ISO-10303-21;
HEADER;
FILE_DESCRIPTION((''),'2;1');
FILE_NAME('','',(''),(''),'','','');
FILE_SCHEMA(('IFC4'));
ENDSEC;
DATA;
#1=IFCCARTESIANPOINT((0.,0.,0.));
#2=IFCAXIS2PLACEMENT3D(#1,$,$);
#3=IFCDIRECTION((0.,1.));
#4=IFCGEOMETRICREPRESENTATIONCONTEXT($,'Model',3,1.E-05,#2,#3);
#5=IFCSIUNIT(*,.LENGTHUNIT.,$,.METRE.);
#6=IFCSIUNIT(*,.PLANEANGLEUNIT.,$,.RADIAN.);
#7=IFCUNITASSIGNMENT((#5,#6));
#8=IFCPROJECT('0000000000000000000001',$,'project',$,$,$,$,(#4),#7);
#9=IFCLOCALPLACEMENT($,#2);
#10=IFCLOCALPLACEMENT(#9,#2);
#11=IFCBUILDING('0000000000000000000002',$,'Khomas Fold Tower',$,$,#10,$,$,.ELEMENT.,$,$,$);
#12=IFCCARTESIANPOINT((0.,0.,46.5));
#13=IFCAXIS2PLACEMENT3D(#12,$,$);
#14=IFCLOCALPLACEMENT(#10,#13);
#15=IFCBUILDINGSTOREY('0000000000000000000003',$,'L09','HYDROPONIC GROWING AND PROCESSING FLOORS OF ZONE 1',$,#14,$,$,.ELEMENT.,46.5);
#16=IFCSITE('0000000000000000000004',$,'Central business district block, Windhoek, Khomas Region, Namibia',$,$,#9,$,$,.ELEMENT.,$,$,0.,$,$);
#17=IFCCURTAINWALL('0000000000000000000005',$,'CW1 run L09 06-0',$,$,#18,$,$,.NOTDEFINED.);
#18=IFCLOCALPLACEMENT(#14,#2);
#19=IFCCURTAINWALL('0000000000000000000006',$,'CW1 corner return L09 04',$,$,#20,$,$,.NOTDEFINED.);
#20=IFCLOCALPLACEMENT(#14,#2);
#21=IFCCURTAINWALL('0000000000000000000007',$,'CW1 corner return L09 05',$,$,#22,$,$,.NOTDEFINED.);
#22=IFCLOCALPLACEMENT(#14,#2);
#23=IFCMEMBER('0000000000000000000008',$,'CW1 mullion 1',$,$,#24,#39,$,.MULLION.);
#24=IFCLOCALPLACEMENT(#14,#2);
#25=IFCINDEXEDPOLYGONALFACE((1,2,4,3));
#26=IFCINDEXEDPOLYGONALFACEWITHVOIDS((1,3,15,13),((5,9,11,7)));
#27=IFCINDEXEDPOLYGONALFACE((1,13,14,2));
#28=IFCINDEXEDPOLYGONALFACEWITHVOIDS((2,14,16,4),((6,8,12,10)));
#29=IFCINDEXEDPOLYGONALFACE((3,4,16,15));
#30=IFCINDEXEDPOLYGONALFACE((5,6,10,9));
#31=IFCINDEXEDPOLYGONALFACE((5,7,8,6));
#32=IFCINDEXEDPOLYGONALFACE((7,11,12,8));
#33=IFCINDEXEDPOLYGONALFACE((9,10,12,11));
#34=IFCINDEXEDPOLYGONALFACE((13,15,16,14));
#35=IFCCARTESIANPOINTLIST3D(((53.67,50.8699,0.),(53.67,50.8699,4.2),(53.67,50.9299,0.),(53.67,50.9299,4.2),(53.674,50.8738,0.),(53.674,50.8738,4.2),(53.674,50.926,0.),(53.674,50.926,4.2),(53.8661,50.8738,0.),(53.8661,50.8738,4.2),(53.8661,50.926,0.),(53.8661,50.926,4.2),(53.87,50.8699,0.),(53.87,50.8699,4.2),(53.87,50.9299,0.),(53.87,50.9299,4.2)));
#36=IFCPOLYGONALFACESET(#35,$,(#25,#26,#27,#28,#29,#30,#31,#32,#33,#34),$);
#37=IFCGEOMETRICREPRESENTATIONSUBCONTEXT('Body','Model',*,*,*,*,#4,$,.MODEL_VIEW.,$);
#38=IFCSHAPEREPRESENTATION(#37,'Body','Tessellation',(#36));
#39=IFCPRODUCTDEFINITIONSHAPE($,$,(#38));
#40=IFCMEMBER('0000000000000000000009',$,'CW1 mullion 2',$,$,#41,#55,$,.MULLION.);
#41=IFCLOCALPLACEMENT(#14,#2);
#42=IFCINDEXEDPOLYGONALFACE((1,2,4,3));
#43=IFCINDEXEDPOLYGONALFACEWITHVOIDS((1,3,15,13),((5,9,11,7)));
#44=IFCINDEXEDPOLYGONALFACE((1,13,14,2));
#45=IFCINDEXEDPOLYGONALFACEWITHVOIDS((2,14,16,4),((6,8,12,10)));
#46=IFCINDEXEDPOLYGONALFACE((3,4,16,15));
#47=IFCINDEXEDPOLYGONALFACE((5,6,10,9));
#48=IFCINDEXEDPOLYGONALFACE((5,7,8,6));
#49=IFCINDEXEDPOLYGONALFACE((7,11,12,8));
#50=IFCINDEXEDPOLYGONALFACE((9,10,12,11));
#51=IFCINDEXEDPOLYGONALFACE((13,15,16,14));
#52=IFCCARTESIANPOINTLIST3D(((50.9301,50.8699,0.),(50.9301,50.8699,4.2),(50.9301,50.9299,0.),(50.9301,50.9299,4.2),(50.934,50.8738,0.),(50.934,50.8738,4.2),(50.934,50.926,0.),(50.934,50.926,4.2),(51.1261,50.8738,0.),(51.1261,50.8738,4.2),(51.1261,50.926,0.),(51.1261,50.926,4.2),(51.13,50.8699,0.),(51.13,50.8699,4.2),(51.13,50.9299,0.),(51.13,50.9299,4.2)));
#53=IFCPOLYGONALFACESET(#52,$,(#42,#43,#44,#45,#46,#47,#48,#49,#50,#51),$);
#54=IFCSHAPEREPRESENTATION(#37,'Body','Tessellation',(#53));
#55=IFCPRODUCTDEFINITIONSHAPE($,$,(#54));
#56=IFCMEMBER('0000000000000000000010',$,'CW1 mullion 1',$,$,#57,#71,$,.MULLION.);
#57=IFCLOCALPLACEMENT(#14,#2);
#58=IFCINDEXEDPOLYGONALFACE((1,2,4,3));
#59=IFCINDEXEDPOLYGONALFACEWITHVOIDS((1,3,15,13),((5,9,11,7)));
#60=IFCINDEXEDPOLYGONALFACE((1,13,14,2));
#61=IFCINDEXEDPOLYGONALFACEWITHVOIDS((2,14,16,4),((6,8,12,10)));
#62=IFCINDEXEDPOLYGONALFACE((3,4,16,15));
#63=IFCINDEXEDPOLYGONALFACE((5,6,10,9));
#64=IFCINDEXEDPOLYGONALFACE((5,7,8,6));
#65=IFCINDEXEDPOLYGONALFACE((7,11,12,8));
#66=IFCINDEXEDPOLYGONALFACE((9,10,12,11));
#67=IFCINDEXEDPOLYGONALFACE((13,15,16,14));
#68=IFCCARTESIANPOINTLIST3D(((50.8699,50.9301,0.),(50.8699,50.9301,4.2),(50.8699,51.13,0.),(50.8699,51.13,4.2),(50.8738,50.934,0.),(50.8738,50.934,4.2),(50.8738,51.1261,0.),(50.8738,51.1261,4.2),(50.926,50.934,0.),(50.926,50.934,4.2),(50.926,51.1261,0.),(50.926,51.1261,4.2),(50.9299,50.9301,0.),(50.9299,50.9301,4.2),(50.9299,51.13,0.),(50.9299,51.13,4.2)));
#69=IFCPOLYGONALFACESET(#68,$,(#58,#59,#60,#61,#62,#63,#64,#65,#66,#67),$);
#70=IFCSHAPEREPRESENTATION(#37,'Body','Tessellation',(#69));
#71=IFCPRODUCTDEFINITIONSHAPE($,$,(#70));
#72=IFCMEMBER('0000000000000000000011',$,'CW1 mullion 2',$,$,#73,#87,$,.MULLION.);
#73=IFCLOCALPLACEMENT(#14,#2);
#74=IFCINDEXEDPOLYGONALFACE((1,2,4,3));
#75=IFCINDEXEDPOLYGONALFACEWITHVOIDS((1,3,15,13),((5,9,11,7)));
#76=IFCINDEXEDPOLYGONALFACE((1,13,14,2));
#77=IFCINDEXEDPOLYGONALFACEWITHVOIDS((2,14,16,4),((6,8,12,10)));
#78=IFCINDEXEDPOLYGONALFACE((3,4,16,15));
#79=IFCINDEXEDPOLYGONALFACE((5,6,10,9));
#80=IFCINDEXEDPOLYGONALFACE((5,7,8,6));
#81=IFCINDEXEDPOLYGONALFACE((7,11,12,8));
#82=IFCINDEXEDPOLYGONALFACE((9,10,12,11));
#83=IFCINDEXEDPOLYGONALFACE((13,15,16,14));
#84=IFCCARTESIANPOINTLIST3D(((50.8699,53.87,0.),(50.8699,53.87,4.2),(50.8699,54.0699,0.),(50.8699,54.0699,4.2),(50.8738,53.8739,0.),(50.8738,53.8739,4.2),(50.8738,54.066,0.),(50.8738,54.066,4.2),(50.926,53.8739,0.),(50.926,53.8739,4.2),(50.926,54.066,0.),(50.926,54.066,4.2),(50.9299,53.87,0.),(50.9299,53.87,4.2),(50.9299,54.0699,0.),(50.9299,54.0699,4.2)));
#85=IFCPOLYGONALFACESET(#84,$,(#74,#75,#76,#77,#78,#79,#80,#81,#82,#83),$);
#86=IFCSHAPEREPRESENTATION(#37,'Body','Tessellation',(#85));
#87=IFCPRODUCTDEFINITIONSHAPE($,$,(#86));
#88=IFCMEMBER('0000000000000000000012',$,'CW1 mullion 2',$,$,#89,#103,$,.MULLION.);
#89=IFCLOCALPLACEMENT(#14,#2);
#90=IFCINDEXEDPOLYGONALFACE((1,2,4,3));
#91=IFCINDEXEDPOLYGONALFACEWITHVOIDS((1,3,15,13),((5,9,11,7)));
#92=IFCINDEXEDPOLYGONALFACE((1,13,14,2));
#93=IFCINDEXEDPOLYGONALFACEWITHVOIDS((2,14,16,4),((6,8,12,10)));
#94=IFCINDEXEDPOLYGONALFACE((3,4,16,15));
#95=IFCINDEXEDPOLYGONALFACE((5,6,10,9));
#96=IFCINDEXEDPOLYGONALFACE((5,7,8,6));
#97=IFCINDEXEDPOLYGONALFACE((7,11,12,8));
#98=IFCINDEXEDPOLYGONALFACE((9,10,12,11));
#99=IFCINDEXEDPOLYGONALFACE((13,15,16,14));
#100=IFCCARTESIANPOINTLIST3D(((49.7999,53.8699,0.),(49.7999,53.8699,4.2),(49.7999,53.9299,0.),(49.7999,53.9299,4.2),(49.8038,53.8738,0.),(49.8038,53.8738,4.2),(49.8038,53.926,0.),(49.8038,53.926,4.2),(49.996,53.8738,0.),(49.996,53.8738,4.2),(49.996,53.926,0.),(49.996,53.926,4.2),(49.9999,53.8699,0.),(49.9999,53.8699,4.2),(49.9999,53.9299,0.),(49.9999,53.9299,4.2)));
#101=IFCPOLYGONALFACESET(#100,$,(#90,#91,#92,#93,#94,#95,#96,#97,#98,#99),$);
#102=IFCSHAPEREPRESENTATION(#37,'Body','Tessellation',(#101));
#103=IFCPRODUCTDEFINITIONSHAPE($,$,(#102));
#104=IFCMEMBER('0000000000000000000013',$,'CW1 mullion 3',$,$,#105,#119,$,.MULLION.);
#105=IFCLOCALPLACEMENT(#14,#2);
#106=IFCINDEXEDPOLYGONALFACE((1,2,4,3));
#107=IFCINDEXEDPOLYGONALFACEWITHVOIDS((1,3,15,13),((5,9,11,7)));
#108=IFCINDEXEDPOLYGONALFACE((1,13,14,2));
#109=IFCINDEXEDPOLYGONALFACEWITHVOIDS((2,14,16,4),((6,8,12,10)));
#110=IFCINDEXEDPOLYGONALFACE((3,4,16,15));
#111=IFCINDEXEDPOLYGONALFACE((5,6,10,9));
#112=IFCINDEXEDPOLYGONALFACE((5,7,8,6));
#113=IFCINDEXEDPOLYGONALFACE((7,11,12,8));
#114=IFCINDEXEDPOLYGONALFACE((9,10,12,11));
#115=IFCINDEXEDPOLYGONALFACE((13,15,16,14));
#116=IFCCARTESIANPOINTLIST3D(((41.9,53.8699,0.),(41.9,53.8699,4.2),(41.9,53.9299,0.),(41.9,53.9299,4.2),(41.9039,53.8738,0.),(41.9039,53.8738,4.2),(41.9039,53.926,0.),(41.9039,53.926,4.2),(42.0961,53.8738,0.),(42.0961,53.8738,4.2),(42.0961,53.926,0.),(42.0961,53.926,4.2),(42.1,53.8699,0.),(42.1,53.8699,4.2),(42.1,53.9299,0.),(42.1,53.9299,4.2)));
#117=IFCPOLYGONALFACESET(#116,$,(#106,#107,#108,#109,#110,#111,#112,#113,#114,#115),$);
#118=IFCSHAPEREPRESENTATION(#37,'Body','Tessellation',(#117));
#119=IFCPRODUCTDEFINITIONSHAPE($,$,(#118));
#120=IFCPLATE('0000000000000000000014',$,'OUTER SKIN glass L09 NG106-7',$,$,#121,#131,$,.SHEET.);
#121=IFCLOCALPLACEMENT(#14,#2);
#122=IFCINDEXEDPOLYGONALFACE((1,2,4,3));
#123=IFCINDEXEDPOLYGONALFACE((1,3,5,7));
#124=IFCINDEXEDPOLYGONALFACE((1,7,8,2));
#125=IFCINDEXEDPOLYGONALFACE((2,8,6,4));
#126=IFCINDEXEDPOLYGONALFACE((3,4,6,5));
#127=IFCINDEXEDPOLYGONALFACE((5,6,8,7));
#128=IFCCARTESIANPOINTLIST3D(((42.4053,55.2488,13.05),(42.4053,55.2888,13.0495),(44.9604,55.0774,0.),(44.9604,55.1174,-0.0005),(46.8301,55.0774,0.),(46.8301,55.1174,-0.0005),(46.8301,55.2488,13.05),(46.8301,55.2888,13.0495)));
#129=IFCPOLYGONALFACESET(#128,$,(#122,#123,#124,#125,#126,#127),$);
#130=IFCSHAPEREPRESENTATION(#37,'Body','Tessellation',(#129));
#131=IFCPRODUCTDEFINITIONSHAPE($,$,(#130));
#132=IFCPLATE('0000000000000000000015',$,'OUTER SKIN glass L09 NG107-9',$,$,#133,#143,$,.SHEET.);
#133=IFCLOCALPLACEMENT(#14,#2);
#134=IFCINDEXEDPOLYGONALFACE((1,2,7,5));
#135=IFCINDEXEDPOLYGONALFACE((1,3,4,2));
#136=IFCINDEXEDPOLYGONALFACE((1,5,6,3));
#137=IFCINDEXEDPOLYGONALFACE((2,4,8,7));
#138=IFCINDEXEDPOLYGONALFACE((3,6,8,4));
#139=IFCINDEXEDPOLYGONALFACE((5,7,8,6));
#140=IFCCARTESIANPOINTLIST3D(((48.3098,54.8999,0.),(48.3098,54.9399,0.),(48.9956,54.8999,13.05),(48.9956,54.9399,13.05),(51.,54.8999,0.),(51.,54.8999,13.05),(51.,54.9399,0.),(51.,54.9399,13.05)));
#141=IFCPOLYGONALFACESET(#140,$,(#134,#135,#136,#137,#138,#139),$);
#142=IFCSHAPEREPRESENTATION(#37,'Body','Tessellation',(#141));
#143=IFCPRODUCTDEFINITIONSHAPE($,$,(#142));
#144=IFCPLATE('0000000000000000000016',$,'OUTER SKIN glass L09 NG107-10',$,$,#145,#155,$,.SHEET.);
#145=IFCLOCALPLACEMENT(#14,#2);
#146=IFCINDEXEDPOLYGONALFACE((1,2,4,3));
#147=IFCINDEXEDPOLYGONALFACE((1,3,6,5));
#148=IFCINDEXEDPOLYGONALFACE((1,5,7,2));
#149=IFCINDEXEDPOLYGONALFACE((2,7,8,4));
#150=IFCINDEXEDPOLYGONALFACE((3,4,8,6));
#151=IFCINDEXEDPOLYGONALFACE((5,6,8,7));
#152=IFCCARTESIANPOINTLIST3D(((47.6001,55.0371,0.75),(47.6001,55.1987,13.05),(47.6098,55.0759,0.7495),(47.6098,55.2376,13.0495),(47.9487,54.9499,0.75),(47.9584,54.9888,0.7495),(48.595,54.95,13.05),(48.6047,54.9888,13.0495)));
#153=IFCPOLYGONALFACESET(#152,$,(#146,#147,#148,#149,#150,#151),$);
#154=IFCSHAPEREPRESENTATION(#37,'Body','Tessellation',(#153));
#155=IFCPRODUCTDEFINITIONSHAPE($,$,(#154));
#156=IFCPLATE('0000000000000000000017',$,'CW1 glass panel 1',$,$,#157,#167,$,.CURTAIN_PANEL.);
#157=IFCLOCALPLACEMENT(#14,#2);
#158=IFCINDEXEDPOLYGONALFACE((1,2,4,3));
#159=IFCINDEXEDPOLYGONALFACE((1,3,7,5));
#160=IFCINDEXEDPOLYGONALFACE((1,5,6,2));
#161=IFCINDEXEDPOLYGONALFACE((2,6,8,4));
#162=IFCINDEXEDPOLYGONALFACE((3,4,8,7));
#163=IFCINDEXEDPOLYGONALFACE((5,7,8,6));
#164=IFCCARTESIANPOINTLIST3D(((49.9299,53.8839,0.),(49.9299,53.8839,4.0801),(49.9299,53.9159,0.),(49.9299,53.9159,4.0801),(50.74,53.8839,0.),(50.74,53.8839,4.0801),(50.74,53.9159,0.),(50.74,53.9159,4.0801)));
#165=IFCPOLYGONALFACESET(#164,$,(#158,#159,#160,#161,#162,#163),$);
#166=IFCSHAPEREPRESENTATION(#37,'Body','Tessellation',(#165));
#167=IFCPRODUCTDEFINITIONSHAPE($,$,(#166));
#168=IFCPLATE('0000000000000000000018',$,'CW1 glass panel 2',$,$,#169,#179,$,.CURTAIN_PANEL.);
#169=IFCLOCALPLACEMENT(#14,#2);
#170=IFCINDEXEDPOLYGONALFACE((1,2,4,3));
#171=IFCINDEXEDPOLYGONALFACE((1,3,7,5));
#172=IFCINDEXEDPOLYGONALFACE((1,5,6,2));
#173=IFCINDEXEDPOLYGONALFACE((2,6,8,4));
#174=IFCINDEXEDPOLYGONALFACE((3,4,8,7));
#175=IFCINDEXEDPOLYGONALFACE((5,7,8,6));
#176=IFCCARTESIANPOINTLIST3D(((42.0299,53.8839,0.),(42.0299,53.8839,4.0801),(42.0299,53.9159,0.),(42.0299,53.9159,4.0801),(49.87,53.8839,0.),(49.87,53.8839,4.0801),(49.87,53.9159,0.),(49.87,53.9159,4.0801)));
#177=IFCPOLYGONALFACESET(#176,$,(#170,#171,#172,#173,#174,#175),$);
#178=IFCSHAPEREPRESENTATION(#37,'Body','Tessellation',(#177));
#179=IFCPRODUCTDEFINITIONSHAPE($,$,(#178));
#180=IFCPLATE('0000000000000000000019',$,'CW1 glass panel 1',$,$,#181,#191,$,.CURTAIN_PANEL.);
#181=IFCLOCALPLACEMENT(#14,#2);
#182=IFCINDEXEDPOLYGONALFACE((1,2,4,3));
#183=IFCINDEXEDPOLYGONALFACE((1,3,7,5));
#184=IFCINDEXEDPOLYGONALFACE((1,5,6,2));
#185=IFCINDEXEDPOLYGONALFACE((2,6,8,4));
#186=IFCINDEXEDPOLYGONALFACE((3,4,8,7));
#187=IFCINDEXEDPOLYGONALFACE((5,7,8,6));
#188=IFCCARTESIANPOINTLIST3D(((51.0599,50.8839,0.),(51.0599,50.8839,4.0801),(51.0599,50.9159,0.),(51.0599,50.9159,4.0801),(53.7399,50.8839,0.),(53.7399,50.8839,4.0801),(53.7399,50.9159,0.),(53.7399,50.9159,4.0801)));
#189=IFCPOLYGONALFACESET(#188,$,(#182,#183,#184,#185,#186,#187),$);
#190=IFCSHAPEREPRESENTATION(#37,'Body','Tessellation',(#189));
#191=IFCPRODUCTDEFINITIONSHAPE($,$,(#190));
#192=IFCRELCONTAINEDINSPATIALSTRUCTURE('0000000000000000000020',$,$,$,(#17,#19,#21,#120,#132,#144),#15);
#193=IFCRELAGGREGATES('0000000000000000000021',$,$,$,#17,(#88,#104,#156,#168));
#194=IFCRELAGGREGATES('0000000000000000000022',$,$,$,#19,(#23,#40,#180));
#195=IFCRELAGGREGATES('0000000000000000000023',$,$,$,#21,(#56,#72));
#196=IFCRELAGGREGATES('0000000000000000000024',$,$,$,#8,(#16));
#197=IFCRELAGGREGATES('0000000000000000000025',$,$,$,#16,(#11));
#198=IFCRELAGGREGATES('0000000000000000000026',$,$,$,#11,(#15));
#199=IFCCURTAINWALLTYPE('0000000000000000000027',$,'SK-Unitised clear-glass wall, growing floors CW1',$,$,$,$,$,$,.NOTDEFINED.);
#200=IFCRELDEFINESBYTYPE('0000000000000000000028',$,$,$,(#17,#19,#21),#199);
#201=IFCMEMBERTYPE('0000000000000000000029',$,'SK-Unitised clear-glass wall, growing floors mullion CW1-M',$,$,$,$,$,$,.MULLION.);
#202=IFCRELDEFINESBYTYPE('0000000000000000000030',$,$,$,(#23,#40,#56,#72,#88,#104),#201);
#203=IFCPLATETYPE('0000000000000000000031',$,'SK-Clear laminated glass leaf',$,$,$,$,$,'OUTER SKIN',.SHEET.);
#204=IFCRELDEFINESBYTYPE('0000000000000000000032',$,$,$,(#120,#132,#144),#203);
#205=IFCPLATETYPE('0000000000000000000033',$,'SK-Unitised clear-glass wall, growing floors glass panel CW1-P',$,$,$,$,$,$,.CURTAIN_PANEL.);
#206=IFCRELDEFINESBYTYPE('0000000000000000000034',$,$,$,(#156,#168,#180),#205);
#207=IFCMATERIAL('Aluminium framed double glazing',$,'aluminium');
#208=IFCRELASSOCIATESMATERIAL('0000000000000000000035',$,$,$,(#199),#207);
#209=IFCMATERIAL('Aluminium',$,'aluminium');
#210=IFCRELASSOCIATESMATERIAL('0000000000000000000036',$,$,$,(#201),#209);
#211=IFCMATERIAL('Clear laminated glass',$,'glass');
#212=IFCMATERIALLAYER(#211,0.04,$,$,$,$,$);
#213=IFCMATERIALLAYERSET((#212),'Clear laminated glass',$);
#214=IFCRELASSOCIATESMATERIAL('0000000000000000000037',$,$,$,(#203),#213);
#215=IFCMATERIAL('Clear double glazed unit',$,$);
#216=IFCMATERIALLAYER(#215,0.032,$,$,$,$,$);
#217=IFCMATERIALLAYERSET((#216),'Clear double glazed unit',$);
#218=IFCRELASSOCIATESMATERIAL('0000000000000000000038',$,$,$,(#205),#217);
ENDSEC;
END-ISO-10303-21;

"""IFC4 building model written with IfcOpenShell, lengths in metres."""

from ifc_helpers import new_model, si_unit, direction, frame, origin, origin_2d, place, context, subcontext, project, spatial, polyline, rectangle, hollow_rectangle, outline, extrude, source, transform, mapped, material, layer, layer_set, material_profile, profile_set, type_object, element, aggregate, save


model = new_model("IFC4")

# Units and contexts
model_context = context("Model", 3, precision=1e-05, world=origin(), true_north=direction((0.0, 1.0)))
body_context = subcontext(model_context, "Body", "Model", "MODEL_VIEW")
ifc_project = project(units=[si_unit("LENGTHUNIT", "METRE"), si_unit("PLANEANGLEUNIT", "RADIAN")], contexts=[model_context])

# Site, building, storey
site_placement = place(None, origin())
site = spatial("IfcSite", under=ifc_project, at=site_placement, Name="Central business district block, Windhoek, Khomas Region, Namibia", CompositionType="ELEMENT", RefElevation=0.0)
building_placement = place(site_placement, origin())
building = spatial("IfcBuilding", under=site, at=building_placement, Name="Khomas Fold Tower", CompositionType="ELEMENT")
storey_placement = place(building_placement, frame((0.0, 0.0, 46.5)))
storey = spatial("IfcBuildingStorey", under=building, at=storey_placement, Name="L09", Description="HYDROPONIC GROWING AND PROCESSING FLOORS OF ZONE 1", CompositionType="ELEMENT", Elevation=46.5)

# Curtain wall
ifc_material_1 = material(Name="Aluminium framed double glazing", Category="aluminium")
curtain_wall_type = type_object("IfcCurtainWallType", Name="SK-Unitised clear-glass wall, growing floors CW1", PredefinedType="NOTDEFINED", material=ifc_material_1)
curtain_wall_1_placement = place(storey_placement, origin())
curtain_wall_1 = element("IfcCurtainWall", 1, at=curtain_wall_1_placement, inside=storey, type_object=curtain_wall_type, Name="CW1 run L09 06-0", PredefinedType="NOTDEFINED")

# Curtain walls
curtain_wall_2_placement = place(storey_placement, origin())
curtain_wall_2 = element("IfcCurtainWall", 2, at=curtain_wall_2_placement, inside=storey, type_object=curtain_wall_type, Name="CW1 corner return L09 04", PredefinedType="NOTDEFINED")
curtain_wall_3_placement = place(storey_placement, origin())
curtain_wall_3 = element("IfcCurtainWall", 3, at=curtain_wall_3_placement, inside=storey, type_object=curtain_wall_type, Name="CW1 corner return L09 05", PredefinedType="NOTDEFINED")
ifc_material_2 = material(Name="Aluminium", Category="aluminium")
ifc_material_profile_1 = material_profile(ifc_material_2, hollow_rectangle(XDim=0.0601, YDim=0.2, WallThickness=0.0039, at=origin_2d()), Name="SK-Unitised clear-glass wall, growing floors mullion CW1-M")
ifc_profile_set_1 = profile_set([ifc_material_profile_1], Name="Aluminium")
member_type_1 = type_object("IfcMemberType", Name="SK-Unitised clear-glass wall, growing floors mullion CW1-M", PredefinedType="MULLION", material=ifc_profile_set_1)
shared_shape_1 = source(origin(), body_context, "Body", "SweptSolid", [
    extrude(hollow_rectangle(XDim=0.0601, YDim=0.2, WallThickness=0.0039, at=origin_2d()), origin(), (0.0, 0.0, 1.0), 4.2),
])

# Members
member_1_placement = place(storey_placement, frame((53.77, 50.8999, 0.0), z_axis=(0.0, 0.0, 1.0), x_axis=(0.0, -1.0, 0.0)))
member_1 = element("IfcMember", 4, at=member_1_placement, type_object=member_type_1, Name="CW1 mullion 1", PredefinedType="MULLION", context=body_context, shape_type="MappedRepresentation", body=[
    mapped(shared_shape_1, transform((0.0, 0.0, 0.0))),
])
member_2_placement = place(storey_placement, frame((51.03, 50.8999, 0.0), z_axis=(0.0, 0.0, 1.0), x_axis=(0.0, -1.0, 0.0)))
member_2 = element("IfcMember", 5, at=member_2_placement, type_object=member_type_1, Name="CW1 mullion 2", PredefinedType="MULLION", context=body_context, shape_type="MappedRepresentation", body=[
    mapped(shared_shape_1, transform((0.0, 0.0, 0.0))),
])
member_3_placement = place(storey_placement, frame((50.8999, 51.03, 0.0), z_axis=(0.0, 0.0, 1.0), x_axis=(-1.0, 0.0, 0.0)))
member_3 = element("IfcMember", 6, at=member_3_placement, type_object=member_type_1, Name="CW1 mullion 1", PredefinedType="MULLION", context=body_context, shape_type="MappedRepresentation", body=[
    mapped(shared_shape_1, transform((0.0, 0.0, 0.0))),
])
member_4_placement = place(storey_placement, frame((50.8999, 53.97, 0.0), z_axis=(0.0, 0.0, 1.0), x_axis=(-1.0, 0.0, 0.0)))
member_4 = element("IfcMember", 7, at=member_4_placement, type_object=member_type_1, Name="CW1 mullion 2", PredefinedType="MULLION", context=body_context, shape_type="MappedRepresentation", body=[
    mapped(shared_shape_1, transform((0.0, 0.0, 0.0))),
])
member_5_placement = place(storey_placement, frame((49.8999, 53.8999, 0.0), z_axis=(0.0, 0.0, 1.0), x_axis=(0.0, -1.0, 0.0)))
member_5 = element("IfcMember", 8, at=member_5_placement, type_object=member_type_1, Name="CW1 mullion 2", PredefinedType="MULLION", context=body_context, shape_type="MappedRepresentation", body=[
    mapped(shared_shape_1, transform((0.0, 0.0, 0.0))),
])
member_6_placement = place(storey_placement, frame((42.0, 53.8999, 0.0), z_axis=(0.0, 0.0, 1.0), x_axis=(0.0, -1.0, 0.0)))
member_6 = element("IfcMember", 9, at=member_6_placement, type_object=member_type_1, Name="CW1 mullion 3", PredefinedType="MULLION", context=body_context, shape_type="MappedRepresentation", body=[
    mapped(shared_shape_1, transform((0.0, 0.0, 0.0))),
])

# Plates
ifc_material_3 = material(Name="Clear laminated glass", Category="glass")
ifc_layer_1 = layer(ifc_material_3, 0.04)
ifc_layer_set_1 = layer_set([ifc_layer_1], Name="Clear laminated glass")
plate_type_1 = type_object("IfcPlateType", Name="SK-Clear laminated glass leaf", ElementType="OUTER SKIN", PredefinedType="SHEET", material=ifc_layer_set_1)
plate_1_placement = place(storey_placement, frame((42.4053, 55.2488, 13.05), z_axis=(0.0, -0.999914, 0.013132), x_axis=(1.0, 0.0, 0.0)))
element("IfcPlate", 10, at=plate_1_placement, inside=storey, type_object=plate_type_1, Name="OUTER SKIN glass L09 NG106-7", PredefinedType="SHEET", context=body_context, shape_type="SweptSolid", body=[
    extrude(outline(polyline([(0.0, 0.0), (4.4248, 0.0), (4.4248, -13.0512), (2.5552, -13.0512), (0.0, 0.0)])), origin(), (0.0, 0.0, -1.0), 0.04),
])
plate_2_placement = place(storey_placement, frame((48.3098, 54.9399, 0.0), z_axis=(0.0, 1.0, 0.0), x_axis=(0.052478, 0.0, 0.998622)))
element("IfcPlate", 11, at=plate_2_placement, inside=storey, type_object=plate_type_1, Name="OUTER SKIN glass L09 NG107-9", PredefinedType="SHEET", context=body_context, shape_type="SweptSolid", body=[
    extrude(outline(polyline([(0.0, 0.0), (13.0681, 0.0), (13.1732, 2.0016), (0.1412, 2.6865), (0.0, 0.0)])), origin(), (0.0, 0.0, -1.0), 0.04),
])
plate_3_placement = place(storey_placement, frame((48.595, 54.95, 13.05), z_axis=(-0.242557, -0.970053, 0.012745), x_axis=(-0.052468, -0.000001, -0.998623)))
element("IfcPlate", 12, at=plate_3_placement, inside=storey, type_object=plate_type_1, Name="OUTER SKIN glass L09 NG107-10", PredefinedType="SHEET", context=body_context, shape_type="SweptSolid", body=[
    extrude(outline(polyline([(0.0, 0.0), (12.317, 0.0), (12.3353, -0.3589), (0.0522, -1.0242), (0.0, 0.0)])), origin(), (0.0, 0.0, -1.0), 0.04),
])

# Plates
ifc_material_4 = material(Name="Clear double glazed unit")
ifc_layer_2 = layer(ifc_material_4, 0.032)
ifc_layer_set_2 = layer_set([ifc_layer_2], Name="Clear double glazed unit")
plate_type_2 = type_object("IfcPlateType", Name="SK-Unitised clear-glass wall, growing floors glass panel CW1-P", PredefinedType="CURTAIN_PANEL", material=ifc_layer_set_2)
shared_shape_2 = source(origin(), body_context, "Body", "SweptSolid", [
    extrude(rectangle(XDim=0.8101, YDim=0.032, at=origin_2d()), origin(), (0.0, 0.0, 1.0), 4.0801),
])
plate_4_placement = place(storey_placement, frame((50.335, 53.8999, 0.0), z_axis=(0.0, 0.0, 1.0), x_axis=(-1.0, 0.0, 0.0)))
plate_4 = element("IfcPlate", 13, at=plate_4_placement, type_object=plate_type_2, Name="CW1 glass panel 1", PredefinedType="CURTAIN_PANEL", context=body_context, shape_type="MappedRepresentation", body=[
    mapped(shared_shape_2, transform((0.0, 0.0, 0.0))),
])
shared_shape_3 = source(origin(), body_context, "Body", "SweptSolid", [
    extrude(rectangle(XDim=7.8401, YDim=0.032, at=origin_2d()), origin(), (0.0, 0.0, 1.0), 4.0801),
])
plate_5_placement = place(storey_placement, frame((45.95, 53.8999, 0.0), z_axis=(0.0, 0.0, 1.0), x_axis=(-1.0, 0.0, 0.0)))
plate_5 = element("IfcPlate", 14, at=plate_5_placement, type_object=plate_type_2, Name="CW1 glass panel 2", PredefinedType="CURTAIN_PANEL", context=body_context, shape_type="MappedRepresentation", body=[
    mapped(shared_shape_3, transform((0.0, 0.0, 0.0))),
])
aggregate(curtain_wall_1, [member_5, member_6, plate_4, plate_5])
shared_shape_4 = source(origin(), body_context, "Body", "SweptSolid", [
    extrude(rectangle(XDim=2.6799, YDim=0.032, at=origin_2d()), origin(), (0.0, 0.0, 1.0), 4.0801),
])
plate_6_placement = place(storey_placement, frame((52.3999, 50.8999, 0.0), z_axis=(0.0, 0.0, 1.0), x_axis=(-1.0, 0.0, 0.0)))
plate_6 = element("IfcPlate", 15, at=plate_6_placement, type_object=plate_type_2, Name="CW1 glass panel 1", PredefinedType="CURTAIN_PANEL", context=body_context, shape_type="MappedRepresentation", body=[
    mapped(shared_shape_4, transform((0.0, 0.0, 0.0))),
])
aggregate(curtain_wall_2, [member_1, member_2, plate_6])
aggregate(curtain_wall_3, [member_3, member_4])

save(model, "model.ifc")
